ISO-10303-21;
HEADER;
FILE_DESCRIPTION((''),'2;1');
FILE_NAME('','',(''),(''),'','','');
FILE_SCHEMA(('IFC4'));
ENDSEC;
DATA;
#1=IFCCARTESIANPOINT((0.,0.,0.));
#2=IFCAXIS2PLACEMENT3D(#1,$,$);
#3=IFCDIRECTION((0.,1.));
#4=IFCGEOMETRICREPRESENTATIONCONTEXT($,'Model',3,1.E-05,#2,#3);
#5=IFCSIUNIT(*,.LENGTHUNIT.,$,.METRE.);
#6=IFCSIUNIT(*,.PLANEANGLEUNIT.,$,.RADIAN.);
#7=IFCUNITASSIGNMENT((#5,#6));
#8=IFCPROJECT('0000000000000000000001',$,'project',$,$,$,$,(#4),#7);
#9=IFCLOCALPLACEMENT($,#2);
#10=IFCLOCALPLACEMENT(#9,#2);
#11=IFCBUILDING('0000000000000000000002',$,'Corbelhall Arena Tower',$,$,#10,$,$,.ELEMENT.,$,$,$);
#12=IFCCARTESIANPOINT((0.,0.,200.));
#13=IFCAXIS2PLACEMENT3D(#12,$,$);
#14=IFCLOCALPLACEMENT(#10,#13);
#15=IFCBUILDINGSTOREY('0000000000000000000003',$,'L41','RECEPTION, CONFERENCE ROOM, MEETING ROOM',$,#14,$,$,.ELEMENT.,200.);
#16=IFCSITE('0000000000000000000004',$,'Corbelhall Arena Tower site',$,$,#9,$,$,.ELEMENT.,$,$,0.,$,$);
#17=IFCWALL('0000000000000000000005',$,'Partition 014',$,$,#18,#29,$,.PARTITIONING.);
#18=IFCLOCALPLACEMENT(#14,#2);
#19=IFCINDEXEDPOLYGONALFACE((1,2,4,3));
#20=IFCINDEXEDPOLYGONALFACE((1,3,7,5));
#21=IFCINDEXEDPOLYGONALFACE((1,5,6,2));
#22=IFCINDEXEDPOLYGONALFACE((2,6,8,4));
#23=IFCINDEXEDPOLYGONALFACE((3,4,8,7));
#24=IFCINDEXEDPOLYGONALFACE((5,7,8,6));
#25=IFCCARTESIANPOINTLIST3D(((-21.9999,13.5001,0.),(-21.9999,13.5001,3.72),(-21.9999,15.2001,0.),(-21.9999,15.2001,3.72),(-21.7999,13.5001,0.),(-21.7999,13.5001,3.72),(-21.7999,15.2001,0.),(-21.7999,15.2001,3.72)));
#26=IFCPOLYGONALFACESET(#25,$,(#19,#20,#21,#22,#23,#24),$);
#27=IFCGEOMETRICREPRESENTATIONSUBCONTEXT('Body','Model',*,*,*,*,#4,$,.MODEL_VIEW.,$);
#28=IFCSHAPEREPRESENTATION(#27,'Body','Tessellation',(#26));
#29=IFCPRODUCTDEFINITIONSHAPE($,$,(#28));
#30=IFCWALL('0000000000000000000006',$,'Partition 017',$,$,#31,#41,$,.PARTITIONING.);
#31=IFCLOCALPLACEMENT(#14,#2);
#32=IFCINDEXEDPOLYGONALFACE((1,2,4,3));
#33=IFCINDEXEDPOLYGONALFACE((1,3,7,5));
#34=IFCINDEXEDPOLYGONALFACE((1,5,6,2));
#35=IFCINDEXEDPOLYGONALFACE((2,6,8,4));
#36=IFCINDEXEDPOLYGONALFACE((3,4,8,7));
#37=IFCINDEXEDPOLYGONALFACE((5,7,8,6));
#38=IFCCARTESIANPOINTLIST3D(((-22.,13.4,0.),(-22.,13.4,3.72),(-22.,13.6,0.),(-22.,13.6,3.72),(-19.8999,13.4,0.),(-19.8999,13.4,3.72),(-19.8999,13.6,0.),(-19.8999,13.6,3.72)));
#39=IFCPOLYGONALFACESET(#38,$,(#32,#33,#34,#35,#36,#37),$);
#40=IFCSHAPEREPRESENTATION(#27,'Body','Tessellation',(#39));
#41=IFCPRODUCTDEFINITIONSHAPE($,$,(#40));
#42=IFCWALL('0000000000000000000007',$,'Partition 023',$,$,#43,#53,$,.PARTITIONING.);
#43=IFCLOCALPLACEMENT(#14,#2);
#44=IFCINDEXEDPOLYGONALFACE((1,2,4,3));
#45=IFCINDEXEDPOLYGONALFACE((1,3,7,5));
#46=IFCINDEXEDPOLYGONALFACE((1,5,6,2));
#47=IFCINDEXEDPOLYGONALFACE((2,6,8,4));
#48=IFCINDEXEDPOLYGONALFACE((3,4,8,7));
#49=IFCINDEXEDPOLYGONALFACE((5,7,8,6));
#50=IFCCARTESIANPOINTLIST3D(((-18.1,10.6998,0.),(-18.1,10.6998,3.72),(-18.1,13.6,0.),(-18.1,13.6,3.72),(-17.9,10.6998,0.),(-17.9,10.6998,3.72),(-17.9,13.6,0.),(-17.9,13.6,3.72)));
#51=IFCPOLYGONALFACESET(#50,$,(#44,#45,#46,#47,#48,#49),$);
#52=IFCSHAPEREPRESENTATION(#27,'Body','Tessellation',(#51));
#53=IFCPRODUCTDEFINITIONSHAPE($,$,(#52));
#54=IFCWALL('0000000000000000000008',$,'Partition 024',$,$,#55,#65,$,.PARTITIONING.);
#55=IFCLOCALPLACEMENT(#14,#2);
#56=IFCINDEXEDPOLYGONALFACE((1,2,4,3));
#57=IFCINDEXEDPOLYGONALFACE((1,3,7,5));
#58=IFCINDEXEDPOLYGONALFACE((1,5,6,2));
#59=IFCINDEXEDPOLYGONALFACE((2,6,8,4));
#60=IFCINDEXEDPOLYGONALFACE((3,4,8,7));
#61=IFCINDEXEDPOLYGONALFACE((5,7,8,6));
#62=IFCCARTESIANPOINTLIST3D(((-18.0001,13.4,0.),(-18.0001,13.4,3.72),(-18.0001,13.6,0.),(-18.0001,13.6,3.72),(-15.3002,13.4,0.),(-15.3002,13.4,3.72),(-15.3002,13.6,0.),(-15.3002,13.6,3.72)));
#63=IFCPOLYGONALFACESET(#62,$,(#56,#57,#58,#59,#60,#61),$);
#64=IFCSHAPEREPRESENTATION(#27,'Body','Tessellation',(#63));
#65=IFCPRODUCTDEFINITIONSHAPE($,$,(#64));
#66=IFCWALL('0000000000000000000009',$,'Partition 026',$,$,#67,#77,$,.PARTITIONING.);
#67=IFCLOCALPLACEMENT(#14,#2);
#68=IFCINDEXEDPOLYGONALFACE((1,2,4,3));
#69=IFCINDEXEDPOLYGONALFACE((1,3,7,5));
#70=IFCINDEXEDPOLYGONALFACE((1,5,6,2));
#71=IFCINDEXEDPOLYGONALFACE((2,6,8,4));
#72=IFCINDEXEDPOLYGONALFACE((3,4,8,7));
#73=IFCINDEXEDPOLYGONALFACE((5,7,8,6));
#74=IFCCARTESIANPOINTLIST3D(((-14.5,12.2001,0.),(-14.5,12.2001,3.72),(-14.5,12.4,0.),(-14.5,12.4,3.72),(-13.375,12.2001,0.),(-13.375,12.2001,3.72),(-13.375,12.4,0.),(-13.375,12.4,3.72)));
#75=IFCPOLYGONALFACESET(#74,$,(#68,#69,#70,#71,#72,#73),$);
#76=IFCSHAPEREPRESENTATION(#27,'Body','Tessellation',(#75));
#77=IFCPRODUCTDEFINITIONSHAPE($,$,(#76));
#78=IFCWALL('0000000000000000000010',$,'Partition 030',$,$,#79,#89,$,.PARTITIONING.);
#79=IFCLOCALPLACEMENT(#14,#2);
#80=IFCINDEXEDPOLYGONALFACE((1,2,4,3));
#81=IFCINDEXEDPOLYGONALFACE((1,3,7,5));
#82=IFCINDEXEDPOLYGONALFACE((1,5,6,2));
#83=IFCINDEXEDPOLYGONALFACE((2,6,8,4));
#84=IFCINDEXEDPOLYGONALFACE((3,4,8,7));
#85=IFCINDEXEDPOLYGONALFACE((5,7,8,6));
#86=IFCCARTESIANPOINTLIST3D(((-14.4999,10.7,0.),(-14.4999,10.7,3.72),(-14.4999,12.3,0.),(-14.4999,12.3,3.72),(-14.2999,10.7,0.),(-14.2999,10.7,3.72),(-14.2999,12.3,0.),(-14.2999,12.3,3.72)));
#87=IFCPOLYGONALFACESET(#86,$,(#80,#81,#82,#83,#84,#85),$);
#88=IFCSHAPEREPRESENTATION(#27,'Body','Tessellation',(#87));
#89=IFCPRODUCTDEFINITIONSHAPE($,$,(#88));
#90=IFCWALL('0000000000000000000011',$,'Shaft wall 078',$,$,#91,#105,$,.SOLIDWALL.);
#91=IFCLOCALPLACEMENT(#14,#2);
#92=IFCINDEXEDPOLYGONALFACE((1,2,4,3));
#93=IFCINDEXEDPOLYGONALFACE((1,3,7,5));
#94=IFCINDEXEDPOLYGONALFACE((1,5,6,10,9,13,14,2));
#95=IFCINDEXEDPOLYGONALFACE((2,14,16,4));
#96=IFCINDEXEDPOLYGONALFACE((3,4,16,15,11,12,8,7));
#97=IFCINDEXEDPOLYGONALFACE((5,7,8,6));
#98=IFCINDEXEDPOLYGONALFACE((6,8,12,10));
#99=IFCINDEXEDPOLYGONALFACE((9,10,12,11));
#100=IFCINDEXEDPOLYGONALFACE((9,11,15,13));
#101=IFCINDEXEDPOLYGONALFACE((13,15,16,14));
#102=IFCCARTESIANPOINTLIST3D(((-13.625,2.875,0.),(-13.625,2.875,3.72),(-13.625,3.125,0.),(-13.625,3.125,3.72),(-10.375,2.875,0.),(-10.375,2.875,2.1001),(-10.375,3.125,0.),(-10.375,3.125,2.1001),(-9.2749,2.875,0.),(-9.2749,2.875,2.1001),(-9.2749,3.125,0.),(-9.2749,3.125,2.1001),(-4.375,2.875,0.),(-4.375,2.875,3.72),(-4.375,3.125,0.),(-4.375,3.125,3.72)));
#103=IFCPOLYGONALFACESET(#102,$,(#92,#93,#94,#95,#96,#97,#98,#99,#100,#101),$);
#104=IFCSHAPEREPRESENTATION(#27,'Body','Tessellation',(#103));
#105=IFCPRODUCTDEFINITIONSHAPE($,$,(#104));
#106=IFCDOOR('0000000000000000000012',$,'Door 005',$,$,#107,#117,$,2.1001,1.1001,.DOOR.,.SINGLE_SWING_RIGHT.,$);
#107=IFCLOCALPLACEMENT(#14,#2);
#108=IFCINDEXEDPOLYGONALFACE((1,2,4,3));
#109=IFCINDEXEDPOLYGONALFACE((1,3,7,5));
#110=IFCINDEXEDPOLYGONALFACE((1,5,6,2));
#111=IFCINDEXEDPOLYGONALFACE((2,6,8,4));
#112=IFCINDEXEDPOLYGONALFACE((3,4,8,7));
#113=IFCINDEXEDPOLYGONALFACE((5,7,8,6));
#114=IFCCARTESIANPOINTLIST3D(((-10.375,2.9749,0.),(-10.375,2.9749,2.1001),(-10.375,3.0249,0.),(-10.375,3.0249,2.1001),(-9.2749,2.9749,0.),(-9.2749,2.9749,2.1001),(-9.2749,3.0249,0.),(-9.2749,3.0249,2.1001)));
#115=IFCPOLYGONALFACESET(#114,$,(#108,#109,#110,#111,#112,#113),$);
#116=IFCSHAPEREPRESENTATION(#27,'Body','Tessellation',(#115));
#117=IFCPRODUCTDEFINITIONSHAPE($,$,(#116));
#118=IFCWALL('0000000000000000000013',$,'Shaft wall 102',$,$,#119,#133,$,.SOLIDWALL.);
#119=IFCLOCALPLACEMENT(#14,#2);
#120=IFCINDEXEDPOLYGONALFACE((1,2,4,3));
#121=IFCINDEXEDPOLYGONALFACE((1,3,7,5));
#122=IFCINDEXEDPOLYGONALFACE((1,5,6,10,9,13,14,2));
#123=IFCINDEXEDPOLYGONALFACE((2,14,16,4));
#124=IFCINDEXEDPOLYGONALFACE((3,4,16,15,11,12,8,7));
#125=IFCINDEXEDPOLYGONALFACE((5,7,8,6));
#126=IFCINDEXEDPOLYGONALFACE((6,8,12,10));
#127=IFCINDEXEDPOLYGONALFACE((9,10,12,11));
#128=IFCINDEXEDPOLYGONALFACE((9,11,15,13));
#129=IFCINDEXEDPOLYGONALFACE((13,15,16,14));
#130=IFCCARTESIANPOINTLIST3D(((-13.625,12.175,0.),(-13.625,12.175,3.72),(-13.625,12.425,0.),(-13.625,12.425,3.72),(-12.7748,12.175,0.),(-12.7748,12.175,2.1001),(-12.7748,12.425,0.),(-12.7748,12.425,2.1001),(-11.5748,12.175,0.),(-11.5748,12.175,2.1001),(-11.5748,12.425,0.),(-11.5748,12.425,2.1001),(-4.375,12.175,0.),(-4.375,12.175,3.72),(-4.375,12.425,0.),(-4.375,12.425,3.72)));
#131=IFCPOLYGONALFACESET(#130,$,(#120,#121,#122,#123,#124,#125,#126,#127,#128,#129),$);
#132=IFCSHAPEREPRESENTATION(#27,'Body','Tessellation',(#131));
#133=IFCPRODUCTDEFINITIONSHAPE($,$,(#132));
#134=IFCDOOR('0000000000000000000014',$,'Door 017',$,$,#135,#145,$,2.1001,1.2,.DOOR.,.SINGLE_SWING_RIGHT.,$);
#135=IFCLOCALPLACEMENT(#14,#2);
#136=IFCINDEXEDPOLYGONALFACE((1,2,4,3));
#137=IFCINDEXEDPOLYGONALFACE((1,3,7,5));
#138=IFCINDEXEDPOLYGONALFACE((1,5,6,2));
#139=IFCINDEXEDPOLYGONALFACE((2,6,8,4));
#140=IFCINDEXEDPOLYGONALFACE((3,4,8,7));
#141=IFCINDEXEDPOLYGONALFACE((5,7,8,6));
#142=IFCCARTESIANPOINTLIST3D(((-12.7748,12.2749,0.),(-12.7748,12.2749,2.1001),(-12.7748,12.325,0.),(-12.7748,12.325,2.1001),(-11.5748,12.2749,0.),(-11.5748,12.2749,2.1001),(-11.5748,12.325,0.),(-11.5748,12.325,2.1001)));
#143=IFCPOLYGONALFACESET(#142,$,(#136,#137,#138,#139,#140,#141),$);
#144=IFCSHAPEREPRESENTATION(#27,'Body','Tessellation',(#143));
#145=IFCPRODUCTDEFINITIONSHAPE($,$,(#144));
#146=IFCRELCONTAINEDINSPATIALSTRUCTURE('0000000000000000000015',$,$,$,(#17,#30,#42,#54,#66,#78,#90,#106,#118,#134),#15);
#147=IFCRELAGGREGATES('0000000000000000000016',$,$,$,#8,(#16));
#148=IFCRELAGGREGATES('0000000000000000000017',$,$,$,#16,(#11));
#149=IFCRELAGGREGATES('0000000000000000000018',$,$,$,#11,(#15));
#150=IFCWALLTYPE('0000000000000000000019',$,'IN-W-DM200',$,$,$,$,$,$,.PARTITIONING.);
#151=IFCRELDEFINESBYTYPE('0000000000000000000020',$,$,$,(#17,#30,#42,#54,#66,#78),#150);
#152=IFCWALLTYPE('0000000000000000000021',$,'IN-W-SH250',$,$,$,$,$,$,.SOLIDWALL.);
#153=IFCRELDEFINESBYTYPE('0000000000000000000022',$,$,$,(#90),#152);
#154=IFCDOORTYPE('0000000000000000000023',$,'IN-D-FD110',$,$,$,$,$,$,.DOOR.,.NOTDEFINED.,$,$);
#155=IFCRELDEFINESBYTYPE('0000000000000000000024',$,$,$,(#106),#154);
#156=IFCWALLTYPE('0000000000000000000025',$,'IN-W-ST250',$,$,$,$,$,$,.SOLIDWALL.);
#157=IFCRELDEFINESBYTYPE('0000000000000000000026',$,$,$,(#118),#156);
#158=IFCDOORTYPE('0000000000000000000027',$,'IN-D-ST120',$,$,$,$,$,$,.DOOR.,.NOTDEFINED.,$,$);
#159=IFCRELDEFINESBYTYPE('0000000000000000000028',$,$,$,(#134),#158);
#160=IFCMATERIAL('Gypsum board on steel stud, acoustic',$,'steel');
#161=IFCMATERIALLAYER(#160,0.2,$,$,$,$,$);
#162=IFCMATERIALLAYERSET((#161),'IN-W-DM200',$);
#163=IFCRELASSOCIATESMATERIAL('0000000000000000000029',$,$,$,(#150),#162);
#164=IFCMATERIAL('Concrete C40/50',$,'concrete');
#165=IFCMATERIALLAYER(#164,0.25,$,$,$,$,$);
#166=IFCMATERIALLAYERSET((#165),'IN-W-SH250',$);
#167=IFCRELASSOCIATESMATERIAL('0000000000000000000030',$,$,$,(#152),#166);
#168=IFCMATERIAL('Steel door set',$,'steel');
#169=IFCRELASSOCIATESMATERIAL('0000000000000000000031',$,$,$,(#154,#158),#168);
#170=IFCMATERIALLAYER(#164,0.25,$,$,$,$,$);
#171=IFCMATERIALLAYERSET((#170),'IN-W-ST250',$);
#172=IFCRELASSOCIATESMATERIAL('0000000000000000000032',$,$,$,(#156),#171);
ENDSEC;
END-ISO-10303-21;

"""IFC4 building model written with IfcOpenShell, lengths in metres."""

from ifc_helpers import new_model, si_unit, direction, frame, frame_2d, origin, place, context, subcontext, project, spatial, rectangle, extrude, material, layer, layer_set, type_object, element, fill, save


model = new_model("IFC4")

# Units and contexts
model_context = context("Model", 3, precision=1e-05, world=origin(), true_north=direction((0.0, 1.0)))
body_context = subcontext(model_context, "Body", "Model", "MODEL_VIEW")
ifc_project = project(units=[si_unit("LENGTHUNIT", "METRE"), si_unit("PLANEANGLEUNIT", "RADIAN")], contexts=[model_context])

# Site, building, storey
site_placement = place(None, origin())
site = spatial("IfcSite", under=ifc_project, at=site_placement, Name="Corbelhall Arena Tower site", CompositionType="ELEMENT", RefElevation=0.0)
building_placement = place(site_placement, origin())
building = spatial("IfcBuilding", under=site, at=building_placement, Name="Corbelhall Arena Tower", CompositionType="ELEMENT")
storey_placement = place(building_placement, frame((0.0, 0.0, 200.0)))
storey = spatial("IfcBuildingStorey", under=building, at=storey_placement, Name="L41", Description="RECEPTION, CONFERENCE ROOM, MEETING ROOM", CompositionType="ELEMENT", Elevation=200.0)

# Shared definitions
ifc_material_1 = material(Name="Gypsum board on steel stud, acoustic", Category="steel")
ifc_layer_1 = layer(ifc_material_1, 0.2)
ifc_layer_set_1 = layer_set([ifc_layer_1], Name="IN-W-DM200")
wall_type_1 = type_object("IfcWallType", Name="IN-W-DM200", PredefinedType="PARTITIONING", material=ifc_layer_set_1)
ifc_material_2 = material(Name="Steel door set", Category="steel")

# Wall
wall_1_placement = place(storey_placement, frame((-21.8999, 13.5, 0.0), z_axis=(0.0, 0.0, 1.0), x_axis=(0.0, 1.0, 0.0)))
element("IfcWall", 1, at=wall_1_placement, inside=storey, type_object=wall_type_1, Name="Partition 014", PredefinedType="PARTITIONING", context=body_context, shape_type="SweptSolid", body=[
    extrude(rectangle(XDim=1.7, YDim=0.2, at=frame_2d((0.8501, 0.0))), origin(), (0.0, 0.0, 1.0), 3.72),
])

# Wall
wall_2_placement = place(storey_placement, frame((-19.8999, 13.5, 0.0), z_axis=(0.0, 0.0, 1.0), x_axis=(-1.0, 0.0, 0.0)))
element("IfcWall", 2, at=wall_2_placement, inside=storey, type_object=wall_type_1, Name="Partition 017", PredefinedType="PARTITIONING", context=body_context, shape_type="SweptSolid", body=[
    extrude(rectangle(XDim=2.1001, YDim=0.2, at=frame_2d((1.05, 0.0))), origin(), (0.0, 0.0, 1.0), 3.72),
])

# Walls
wall_3_placement = place(storey_placement, frame((-18.0, 13.6001, 0.0), z_axis=(0.0, 0.0, 1.0), x_axis=(0.0, -1.0, 0.0)))
element("IfcWall", 3, at=wall_3_placement, inside=storey, type_object=wall_type_1, Name="Partition 023", PredefinedType="PARTITIONING", context=body_context, shape_type="SweptSolid", body=[
    extrude(rectangle(XDim=2.9001, YDim=0.2, at=frame_2d((1.4502, 0.0))), origin(), (0.0, 0.0, 1.0), 3.72),
])
wall_4_placement = place(storey_placement, frame((-15.3, 13.5, 0.0), z_axis=(0.0, 0.0, 1.0), x_axis=(-1.0, 0.0, 0.0)))
element("IfcWall", 4, at=wall_4_placement, inside=storey, type_object=wall_type_1, Name="Partition 024", PredefinedType="PARTITIONING", context=body_context, shape_type="SweptSolid", body=[
    extrude(rectangle(XDim=2.7, YDim=0.2, at=frame_2d((1.3501, 0.0))), origin(), (0.0, 0.0, 1.0), 3.72),
])
wall_5_placement = place(storey_placement, frame((-14.5, 12.3, 0.0), z_axis=(0.0, 0.0, 1.0), x_axis=(1.0, 0.0, 0.0)))
element("IfcWall", 5, at=wall_5_placement, inside=storey, type_object=wall_type_1, Name="Partition 026", PredefinedType="PARTITIONING", context=body_context, shape_type="SweptSolid", body=[
    extrude(rectangle(XDim=1.125, YDim=0.2, at=frame_2d((0.5625, 0.0))), origin(), (0.0, 0.0, 1.0), 3.72),
])
wall_6_placement = place(storey_placement, frame((-14.3999, 10.7, 0.0), z_axis=(0.0, 0.0, 1.0), x_axis=(0.0, 1.0, 0.0)))
element("IfcWall", 6, at=wall_6_placement, inside=storey, type_object=wall_type_1, Name="Partition 030", PredefinedType="PARTITIONING", context=body_context, shape_type="SweptSolid", body=[
    extrude(rectangle(XDim=1.6001, YDim=0.2, at=frame_2d((0.8, 0.0))), origin(), (0.0, 0.0, 1.0), 3.72),
])

# Walls, openings, doors
ifc_material_3 = material(Name="Concrete C40/50", Category="concrete")
ifc_layer_2 = layer(ifc_material_3, 0.25)
ifc_layer_set_2 = layer_set([ifc_layer_2], Name="IN-W-SH250")
wall_type_2 = type_object("IfcWallType", Name="IN-W-SH250", PredefinedType="SOLIDWALL", material=ifc_layer_set_2)
wall_7_placement = place(storey_placement, frame((-13.625, 3.0, 0.0), z_axis=(0.0, 0.0, 1.0), x_axis=(1.0, 0.0, 0.0)))
wall_7 = element("IfcWall", 7, at=wall_7_placement, inside=storey, type_object=wall_type_2, Name="Shaft wall 078", PredefinedType="SOLIDWALL", context=body_context, shape_type="SweptSolid", body=[
    extrude(rectangle(XDim=9.25, YDim=0.25, at=frame_2d((4.625, 0.0))), origin(), (0.0, 0.0, 1.0), 3.72),
])
opening_1_placement = place(wall_7_placement, frame((3.25, 0.0, 0.0)))
opening_1 = element("IfcOpeningElement", 8, at=opening_1_placement, cuts=wall_7, PredefinedType="OPENING", context=body_context, shape_type="SweptSolid", body=[
    extrude(rectangle(XDim=1.1001, YDim=2.1001, at=frame_2d((0.55, 1.05))), frame((0.0, 0.125, 0.0), z_axis=(0.0, -1.0, 0.0), x_axis=(1.0, 0.0, 0.0)), (0.0, 0.0, 1.0), 0.25),
])
door_type_1 = type_object("IfcDoorType", Name="IN-D-FD110", OperationType="NOTDEFINED", PredefinedType="DOOR", material=ifc_material_2)
door_1_placement = place(opening_1_placement, origin())
door_1 = element("IfcDoor", 9, at=door_1_placement, inside=storey, type_object=door_type_1, Name="Door 005", OperationType="SINGLE_SWING_RIGHT", OverallHeight=2.1001, OverallWidth=1.1001, PredefinedType="DOOR", context=body_context, shape_type="SweptSolid", body=[
    extrude(rectangle(XDim=1.1001, YDim=2.1001, at=frame_2d((0.55, 1.05))), frame((0.0, 0.0249, 0.0), z_axis=(0.0, -1.0, 0.0), x_axis=(1.0, 0.0, 0.0)), (0.0, 0.0, 1.0), 0.05),
])
fill(opening_1, door_1)
ifc_layer_3 = layer(ifc_material_3, 0.25)
ifc_layer_set_3 = layer_set([ifc_layer_3], Name="IN-W-ST250")
wall_type_3 = type_object("IfcWallType", Name="IN-W-ST250", PredefinedType="SOLIDWALL", material=ifc_layer_set_3)
wall_8_placement = place(storey_placement, frame((-13.625, 12.3, 0.0), z_axis=(0.0, 0.0, 1.0), x_axis=(1.0, 0.0, 0.0)))
wall_8 = element("IfcWall", 10, at=wall_8_placement, inside=storey, type_object=wall_type_3, Name="Shaft wall 102", PredefinedType="SOLIDWALL", context=body_context, shape_type="SweptSolid", body=[
    extrude(rectangle(XDim=9.25, YDim=0.25, at=frame_2d((4.625, 0.0))), origin(), (0.0, 0.0, 1.0), 3.72),
])
opening_2_placement = place(wall_8_placement, frame((0.8501, 0.0, 0.0)))
opening_2 = element("IfcOpeningElement", 11, at=opening_2_placement, cuts=wall_8, PredefinedType="OPENING", context=body_context, shape_type="SweptSolid", body=[
    extrude(rectangle(XDim=1.2, YDim=2.1001, at=frame_2d((0.6001, 1.05))), frame((0.0, 0.125, 0.0), z_axis=(0.0, -1.0, 0.0), x_axis=(1.0, 0.0, 0.0)), (0.0, 0.0, 1.0), 0.25),
])
door_type_2 = type_object("IfcDoorType", Name="IN-D-ST120", OperationType="NOTDEFINED", PredefinedType="DOOR", material=ifc_material_2)
door_2_placement = place(opening_2_placement, origin())
door_2 = element("IfcDoor", 12, at=door_2_placement, inside=storey, type_object=door_type_2, Name="Door 017", OperationType="SINGLE_SWING_RIGHT", OverallHeight=2.1001, OverallWidth=1.2, PredefinedType="DOOR", context=body_context, shape_type="SweptSolid", body=[
    extrude(rectangle(XDim=1.2, YDim=2.1001, at=frame_2d((0.6001, 1.05))), frame((0.0, 0.0249, 0.0), z_axis=(0.0, -1.0, 0.0), x_axis=(1.0, 0.0, 0.0)), (0.0, 0.0, 1.0), 0.05),
])
fill(opening_2, door_2)

save(model, "model.ifc")
